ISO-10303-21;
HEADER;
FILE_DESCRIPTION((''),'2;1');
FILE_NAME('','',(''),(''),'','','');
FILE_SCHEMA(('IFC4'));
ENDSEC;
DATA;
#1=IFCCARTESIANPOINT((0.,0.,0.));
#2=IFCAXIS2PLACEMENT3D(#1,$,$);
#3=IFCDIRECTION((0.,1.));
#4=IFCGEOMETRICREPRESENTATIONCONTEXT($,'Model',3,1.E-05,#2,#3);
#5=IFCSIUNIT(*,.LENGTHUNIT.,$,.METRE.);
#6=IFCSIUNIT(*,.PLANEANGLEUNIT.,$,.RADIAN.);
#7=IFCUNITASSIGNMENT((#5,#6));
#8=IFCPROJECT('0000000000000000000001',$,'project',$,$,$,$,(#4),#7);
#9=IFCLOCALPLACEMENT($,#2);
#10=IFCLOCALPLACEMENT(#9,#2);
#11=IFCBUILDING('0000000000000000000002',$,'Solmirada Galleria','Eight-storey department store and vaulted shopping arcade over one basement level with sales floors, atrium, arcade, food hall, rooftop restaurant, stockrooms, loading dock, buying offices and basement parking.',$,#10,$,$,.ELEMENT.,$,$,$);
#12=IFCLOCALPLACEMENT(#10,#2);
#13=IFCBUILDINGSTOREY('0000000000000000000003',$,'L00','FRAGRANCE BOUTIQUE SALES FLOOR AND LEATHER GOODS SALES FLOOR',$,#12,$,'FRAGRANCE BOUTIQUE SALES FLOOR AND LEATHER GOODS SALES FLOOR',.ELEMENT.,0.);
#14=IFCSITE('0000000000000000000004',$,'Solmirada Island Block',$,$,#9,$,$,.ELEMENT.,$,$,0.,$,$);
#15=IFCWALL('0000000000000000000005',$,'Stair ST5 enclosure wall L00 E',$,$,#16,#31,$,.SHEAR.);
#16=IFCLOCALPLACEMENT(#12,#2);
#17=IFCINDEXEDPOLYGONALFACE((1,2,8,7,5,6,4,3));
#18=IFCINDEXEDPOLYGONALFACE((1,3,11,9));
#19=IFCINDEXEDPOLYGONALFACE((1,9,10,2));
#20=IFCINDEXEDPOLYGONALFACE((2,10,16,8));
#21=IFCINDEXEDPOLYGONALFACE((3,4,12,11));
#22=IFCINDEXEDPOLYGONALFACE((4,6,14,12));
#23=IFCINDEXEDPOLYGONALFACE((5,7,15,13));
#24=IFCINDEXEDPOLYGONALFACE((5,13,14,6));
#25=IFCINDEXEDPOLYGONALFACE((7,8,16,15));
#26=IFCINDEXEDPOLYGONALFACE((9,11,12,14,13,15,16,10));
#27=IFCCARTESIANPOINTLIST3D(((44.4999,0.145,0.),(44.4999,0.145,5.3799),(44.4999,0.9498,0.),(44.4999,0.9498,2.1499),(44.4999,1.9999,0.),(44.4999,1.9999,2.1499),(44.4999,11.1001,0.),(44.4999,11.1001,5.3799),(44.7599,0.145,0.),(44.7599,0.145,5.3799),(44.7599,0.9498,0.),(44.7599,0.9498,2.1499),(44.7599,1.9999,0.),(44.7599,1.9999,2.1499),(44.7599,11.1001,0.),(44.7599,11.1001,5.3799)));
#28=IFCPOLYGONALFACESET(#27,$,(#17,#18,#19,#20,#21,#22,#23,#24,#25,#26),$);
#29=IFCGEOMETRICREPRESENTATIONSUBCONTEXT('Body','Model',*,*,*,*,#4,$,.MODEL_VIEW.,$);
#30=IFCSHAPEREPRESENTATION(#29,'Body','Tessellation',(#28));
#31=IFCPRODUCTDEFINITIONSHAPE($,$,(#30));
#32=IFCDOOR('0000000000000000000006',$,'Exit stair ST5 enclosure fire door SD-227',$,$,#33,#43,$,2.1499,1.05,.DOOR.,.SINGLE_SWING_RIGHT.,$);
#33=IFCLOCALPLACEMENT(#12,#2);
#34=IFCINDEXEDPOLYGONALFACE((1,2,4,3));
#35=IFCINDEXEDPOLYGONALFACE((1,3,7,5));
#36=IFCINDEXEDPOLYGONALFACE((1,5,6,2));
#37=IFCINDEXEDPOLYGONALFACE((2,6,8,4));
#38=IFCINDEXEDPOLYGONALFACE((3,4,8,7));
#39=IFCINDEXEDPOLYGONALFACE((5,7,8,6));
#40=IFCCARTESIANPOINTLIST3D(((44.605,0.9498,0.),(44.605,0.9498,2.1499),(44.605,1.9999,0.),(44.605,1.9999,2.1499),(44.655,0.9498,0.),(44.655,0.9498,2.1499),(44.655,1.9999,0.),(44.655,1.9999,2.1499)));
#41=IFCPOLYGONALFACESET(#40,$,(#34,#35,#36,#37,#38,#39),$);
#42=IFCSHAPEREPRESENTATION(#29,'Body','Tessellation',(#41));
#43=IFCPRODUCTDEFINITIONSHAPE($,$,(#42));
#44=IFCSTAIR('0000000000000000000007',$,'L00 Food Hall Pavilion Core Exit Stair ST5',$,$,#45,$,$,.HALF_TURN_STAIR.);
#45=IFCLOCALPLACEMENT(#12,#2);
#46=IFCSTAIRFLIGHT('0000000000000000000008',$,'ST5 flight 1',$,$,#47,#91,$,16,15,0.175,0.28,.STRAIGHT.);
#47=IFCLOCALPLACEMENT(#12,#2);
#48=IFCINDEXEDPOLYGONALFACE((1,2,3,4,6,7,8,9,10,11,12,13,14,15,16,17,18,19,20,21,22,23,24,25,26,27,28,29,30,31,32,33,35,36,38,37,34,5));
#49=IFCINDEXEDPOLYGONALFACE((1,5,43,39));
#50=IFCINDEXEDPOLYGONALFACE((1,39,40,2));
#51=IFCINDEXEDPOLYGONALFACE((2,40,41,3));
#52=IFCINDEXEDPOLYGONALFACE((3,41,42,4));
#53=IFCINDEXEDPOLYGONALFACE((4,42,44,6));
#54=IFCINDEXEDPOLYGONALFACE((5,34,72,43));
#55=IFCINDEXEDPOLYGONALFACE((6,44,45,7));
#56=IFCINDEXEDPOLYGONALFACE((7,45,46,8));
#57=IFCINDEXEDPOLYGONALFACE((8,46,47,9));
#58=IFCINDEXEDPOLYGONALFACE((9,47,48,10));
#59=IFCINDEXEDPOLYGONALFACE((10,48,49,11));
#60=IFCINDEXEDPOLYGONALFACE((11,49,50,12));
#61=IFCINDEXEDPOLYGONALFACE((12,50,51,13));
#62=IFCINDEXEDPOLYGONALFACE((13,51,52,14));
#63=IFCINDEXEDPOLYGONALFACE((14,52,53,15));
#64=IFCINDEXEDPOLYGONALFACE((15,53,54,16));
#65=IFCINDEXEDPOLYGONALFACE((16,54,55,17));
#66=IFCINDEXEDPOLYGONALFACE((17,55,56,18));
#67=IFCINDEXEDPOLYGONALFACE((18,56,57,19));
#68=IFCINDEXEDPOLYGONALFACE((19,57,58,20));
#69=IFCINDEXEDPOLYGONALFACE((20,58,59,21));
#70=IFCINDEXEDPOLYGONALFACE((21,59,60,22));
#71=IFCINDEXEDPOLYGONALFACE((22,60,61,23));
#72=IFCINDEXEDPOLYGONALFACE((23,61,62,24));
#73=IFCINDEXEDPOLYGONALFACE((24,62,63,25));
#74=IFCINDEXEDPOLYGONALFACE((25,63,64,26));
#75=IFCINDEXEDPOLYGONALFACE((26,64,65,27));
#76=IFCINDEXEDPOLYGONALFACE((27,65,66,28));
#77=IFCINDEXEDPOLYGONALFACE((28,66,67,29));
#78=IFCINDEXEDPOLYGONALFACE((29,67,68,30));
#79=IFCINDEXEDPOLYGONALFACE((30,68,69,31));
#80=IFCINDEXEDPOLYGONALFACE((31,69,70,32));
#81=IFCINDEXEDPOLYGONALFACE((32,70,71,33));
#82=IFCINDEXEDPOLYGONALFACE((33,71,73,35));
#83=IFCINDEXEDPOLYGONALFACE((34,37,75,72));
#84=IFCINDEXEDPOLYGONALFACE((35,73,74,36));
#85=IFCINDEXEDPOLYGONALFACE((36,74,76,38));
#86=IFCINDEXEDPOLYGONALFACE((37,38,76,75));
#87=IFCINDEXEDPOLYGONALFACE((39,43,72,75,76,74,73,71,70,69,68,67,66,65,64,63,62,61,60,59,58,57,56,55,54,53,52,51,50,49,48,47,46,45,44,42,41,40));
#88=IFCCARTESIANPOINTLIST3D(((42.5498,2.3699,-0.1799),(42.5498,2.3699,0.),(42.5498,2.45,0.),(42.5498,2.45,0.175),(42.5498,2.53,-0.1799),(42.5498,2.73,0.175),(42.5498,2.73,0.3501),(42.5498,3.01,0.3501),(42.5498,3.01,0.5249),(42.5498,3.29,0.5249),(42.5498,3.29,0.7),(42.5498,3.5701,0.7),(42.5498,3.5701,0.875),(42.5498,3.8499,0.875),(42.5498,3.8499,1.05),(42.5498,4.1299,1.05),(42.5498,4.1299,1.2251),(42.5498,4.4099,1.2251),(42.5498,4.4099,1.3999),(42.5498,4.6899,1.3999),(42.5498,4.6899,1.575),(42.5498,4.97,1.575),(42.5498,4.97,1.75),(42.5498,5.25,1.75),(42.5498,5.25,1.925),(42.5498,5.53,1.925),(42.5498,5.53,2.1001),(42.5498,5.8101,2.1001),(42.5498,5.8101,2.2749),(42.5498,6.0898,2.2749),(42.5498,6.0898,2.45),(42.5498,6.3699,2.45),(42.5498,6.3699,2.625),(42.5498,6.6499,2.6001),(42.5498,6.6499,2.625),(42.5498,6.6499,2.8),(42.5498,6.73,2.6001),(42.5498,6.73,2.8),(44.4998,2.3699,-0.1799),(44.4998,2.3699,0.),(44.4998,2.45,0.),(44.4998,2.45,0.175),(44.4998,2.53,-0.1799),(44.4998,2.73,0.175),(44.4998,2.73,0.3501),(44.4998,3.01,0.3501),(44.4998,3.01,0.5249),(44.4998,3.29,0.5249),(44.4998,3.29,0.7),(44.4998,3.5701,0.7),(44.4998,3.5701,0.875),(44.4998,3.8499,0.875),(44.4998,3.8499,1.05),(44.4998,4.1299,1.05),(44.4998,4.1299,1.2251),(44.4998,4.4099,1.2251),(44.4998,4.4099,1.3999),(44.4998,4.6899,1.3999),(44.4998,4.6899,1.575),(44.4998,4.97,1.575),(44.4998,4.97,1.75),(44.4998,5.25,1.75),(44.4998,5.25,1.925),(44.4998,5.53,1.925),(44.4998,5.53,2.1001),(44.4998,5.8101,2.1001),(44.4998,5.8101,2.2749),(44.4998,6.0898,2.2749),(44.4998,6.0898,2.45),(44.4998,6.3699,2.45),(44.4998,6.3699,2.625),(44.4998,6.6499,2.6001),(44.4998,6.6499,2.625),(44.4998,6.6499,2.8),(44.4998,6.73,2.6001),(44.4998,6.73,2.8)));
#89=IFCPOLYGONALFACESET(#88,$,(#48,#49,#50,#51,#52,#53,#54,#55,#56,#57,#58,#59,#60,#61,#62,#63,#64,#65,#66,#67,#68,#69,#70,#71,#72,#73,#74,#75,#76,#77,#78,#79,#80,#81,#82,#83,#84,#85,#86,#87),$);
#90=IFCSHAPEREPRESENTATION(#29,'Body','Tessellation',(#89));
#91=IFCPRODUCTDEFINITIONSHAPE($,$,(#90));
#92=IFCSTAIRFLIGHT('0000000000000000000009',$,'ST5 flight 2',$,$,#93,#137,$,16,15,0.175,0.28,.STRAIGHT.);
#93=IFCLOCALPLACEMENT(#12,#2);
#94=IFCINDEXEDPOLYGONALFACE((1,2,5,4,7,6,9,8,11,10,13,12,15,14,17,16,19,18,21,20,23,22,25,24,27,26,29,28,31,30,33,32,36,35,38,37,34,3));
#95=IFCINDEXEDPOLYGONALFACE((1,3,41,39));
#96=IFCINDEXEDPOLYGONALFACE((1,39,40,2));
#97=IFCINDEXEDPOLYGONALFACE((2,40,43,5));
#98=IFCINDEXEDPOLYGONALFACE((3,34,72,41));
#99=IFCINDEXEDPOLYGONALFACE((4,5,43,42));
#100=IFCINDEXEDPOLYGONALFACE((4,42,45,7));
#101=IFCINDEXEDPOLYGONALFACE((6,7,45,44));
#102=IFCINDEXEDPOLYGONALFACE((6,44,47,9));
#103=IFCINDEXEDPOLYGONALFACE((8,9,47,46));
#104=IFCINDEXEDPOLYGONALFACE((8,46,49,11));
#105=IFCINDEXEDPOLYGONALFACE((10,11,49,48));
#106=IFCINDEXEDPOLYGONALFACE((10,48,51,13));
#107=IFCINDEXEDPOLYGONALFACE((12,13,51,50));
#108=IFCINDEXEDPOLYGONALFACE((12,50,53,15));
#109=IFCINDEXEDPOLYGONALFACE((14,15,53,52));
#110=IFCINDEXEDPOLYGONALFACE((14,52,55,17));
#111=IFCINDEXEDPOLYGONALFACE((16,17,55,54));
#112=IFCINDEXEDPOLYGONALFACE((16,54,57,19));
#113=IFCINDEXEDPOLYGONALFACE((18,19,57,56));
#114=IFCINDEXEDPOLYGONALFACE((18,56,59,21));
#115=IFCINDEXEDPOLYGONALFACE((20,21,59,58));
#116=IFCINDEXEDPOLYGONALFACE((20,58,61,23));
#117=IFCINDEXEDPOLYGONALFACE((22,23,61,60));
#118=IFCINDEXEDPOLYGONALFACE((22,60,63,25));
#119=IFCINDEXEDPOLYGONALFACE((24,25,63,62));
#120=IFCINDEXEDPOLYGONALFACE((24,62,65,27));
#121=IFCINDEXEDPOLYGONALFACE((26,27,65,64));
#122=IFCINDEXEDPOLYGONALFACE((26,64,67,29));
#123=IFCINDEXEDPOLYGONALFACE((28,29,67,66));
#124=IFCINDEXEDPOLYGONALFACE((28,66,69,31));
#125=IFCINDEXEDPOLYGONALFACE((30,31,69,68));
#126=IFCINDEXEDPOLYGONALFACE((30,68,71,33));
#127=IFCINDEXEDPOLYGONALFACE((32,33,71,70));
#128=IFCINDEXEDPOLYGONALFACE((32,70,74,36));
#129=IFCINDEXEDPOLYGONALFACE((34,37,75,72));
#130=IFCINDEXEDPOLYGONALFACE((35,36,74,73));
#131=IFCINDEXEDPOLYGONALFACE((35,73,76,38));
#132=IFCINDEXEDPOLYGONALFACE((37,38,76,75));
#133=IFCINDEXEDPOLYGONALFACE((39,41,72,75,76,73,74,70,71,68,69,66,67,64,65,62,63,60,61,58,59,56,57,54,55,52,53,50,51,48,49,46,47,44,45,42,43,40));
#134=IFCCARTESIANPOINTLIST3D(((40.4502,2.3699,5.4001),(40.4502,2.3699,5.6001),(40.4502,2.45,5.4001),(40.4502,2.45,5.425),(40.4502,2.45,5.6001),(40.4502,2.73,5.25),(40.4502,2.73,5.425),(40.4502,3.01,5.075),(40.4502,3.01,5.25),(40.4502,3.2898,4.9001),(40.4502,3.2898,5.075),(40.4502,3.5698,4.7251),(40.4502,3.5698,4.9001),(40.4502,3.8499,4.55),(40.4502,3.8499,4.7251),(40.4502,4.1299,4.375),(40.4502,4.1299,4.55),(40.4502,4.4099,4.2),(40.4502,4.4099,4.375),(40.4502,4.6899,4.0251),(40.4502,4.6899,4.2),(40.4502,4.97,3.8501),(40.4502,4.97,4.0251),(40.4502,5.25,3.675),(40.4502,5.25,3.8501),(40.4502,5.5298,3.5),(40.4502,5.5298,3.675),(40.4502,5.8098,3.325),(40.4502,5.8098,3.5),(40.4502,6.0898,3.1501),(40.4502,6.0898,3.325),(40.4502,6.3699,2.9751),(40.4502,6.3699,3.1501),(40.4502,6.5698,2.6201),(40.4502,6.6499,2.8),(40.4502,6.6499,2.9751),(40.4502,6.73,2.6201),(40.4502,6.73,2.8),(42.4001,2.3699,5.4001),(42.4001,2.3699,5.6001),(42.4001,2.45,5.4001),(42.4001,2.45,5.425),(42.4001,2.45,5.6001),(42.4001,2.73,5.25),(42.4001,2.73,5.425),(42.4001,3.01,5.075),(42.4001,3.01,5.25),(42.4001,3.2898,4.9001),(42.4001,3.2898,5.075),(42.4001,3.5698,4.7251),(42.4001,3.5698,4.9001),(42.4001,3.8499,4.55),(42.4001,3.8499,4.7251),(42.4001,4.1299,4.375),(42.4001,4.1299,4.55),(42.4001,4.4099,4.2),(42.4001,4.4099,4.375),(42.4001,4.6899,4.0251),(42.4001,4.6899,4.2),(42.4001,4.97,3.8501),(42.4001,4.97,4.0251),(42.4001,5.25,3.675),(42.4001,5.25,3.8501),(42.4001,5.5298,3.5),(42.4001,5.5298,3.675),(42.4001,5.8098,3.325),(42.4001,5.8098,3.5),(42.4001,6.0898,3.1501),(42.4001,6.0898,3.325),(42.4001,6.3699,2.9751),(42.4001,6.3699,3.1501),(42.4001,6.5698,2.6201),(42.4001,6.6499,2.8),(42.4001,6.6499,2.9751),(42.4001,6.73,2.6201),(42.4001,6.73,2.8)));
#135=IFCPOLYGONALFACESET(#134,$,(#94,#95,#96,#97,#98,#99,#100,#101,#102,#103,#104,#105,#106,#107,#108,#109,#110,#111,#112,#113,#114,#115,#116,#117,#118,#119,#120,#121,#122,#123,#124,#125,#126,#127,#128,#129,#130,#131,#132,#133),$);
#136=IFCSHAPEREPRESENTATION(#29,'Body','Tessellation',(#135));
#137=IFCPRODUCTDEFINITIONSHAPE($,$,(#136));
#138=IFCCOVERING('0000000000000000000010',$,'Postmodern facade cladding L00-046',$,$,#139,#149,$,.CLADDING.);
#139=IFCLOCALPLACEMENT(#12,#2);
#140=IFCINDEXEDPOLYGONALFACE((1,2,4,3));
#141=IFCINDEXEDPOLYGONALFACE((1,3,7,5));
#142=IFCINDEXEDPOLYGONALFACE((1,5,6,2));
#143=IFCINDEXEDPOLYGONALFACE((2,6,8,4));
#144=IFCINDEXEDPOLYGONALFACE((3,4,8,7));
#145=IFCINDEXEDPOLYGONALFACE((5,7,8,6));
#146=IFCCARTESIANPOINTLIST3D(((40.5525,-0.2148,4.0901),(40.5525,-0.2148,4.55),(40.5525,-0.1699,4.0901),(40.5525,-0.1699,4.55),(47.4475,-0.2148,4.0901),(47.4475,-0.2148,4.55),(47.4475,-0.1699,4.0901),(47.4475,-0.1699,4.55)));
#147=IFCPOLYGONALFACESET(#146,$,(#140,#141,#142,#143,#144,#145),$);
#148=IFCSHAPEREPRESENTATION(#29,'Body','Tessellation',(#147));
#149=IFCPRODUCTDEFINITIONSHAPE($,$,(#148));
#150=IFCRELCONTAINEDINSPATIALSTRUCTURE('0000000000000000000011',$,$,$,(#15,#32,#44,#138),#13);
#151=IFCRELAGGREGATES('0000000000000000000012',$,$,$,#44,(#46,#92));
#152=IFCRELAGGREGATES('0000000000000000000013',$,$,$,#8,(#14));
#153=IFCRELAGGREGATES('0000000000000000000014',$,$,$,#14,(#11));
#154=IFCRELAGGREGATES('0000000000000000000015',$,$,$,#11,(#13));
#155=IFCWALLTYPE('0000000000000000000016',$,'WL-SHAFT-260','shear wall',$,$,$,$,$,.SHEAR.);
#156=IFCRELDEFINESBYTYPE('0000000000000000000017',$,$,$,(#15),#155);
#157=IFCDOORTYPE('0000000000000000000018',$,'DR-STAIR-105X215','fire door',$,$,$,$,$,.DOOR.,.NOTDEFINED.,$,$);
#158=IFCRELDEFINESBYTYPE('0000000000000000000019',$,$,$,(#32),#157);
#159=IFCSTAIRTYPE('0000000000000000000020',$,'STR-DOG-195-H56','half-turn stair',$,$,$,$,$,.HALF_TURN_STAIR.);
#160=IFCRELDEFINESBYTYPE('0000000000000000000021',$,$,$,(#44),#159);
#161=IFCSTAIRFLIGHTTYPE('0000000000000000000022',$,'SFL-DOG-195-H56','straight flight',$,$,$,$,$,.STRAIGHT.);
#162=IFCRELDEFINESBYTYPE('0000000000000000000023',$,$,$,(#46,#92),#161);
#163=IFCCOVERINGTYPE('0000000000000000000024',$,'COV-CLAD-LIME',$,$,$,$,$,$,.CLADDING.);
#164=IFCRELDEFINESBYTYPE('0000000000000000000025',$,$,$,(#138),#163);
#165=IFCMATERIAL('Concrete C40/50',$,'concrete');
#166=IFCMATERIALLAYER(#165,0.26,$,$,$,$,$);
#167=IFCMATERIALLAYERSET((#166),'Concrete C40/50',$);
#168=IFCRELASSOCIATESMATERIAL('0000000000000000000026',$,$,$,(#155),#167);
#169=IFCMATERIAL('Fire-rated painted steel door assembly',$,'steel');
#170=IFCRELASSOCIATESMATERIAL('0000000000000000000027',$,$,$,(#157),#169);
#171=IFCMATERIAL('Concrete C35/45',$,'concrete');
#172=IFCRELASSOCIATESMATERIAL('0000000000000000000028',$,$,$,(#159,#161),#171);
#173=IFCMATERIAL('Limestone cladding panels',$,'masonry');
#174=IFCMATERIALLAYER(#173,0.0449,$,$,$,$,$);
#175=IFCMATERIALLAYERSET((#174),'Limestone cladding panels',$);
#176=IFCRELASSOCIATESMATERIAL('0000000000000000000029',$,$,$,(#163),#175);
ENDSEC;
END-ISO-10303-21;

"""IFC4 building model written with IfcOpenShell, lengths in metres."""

from ifc_helpers import new_model, si_unit, direction, frame, frame_2d, origin, origin_2d, place, context, subcontext, project, spatial, polyline, rectangle, outline, extrude, material, layer, layer_set, type_object, element, fill, aggregate, save


model = new_model("IFC4")

# Units and contexts
model_context = context("Model", 3, precision=1e-05, world=origin(), true_north=direction((0.0, 1.0)))
body_context = subcontext(model_context, "Body", "Model", "MODEL_VIEW")
ifc_project = project(units=[si_unit("LENGTHUNIT", "METRE"), si_unit("PLANEANGLEUNIT", "RADIAN")], contexts=[model_context])

# Site, building, storey
site_placement = place(None, origin())
site = spatial("IfcSite", under=ifc_project, at=site_placement, Name="Solmirada Island Block", CompositionType="ELEMENT", RefElevation=0.0)
building_placement = place(site_placement, origin())
building = spatial("IfcBuilding", under=site, at=building_placement, Name="Solmirada Galleria", Description="Eight-storey department store and vaulted shopping arcade over one basement level with sales floors, atrium, arcade, food hall, rooftop restaurant, stockrooms, loading dock, buying offices and basement parking.", CompositionType="ELEMENT")
storey_placement = place(building_placement, origin())
storey = spatial("IfcBuildingStorey", under=building, at=storey_placement, Name="L00", Description="FRAGRANCE BOUTIQUE SALES FLOOR AND LEATHER GOODS SALES FLOOR", LongName="FRAGRANCE BOUTIQUE SALES FLOOR AND LEATHER GOODS SALES FLOOR", CompositionType="ELEMENT", Elevation=0.0)

# Shared definitions
ifc_material_1 = material(Name="Concrete C40/50", Category="concrete")
ifc_layer_1 = layer(ifc_material_1, 0.26)
ifc_layer_set_1 = layer_set([ifc_layer_1], Name="Concrete C40/50")
wall_type_1 = type_object("IfcWallType", Name="WL-SHAFT-260", Description="shear wall", PredefinedType="SHEAR", material=ifc_layer_set_1)

# Wall, opening, door
wall_1_placement = place(storey_placement, frame((44.6299, 0.145, 0.0), z_axis=(0.0, 0.0, 1.0), x_axis=(0.0, 1.0, 0.0)))
wall_1 = element("IfcWall", 1, at=wall_1_placement, inside=storey, type_object=wall_type_1, Name="Stair ST5 enclosure wall L00 E", PredefinedType="SHEAR", context=body_context, shape_type="SweptSolid", body=[
    extrude(rectangle(XDim=10.9551, YDim=0.26, at=frame_2d((5.4775, 0.0))), origin(), (0.0, 0.0, 1.0), 5.3799),
])
opening_placement = place(wall_1_placement, frame((0.8049, 0.0, 0.0)))
opening = element("IfcOpeningElement", 2, at=opening_placement, cuts=wall_1, PredefinedType="OPENING", context=body_context, shape_type="SweptSolid", body=[
    extrude(rectangle(XDim=1.05, YDim=2.1499, at=frame_2d((0.5249, 1.075))), frame((0.0, 0.1399, 0.0), z_axis=(0.0, -1.0, 0.0), x_axis=(1.0, 0.0, 0.0)), (0.0, 0.0, 1.0), 0.28),
])
ifc_material_2 = material(Name="Fire-rated painted steel door assembly", Category="steel")
door_type = type_object("IfcDoorType", Name="DR-STAIR-105X215", Description="fire door", OperationType="NOTDEFINED", PredefinedType="DOOR", material=ifc_material_2)
door_placement = place(opening_placement, origin())
door = element("IfcDoor", 3, at=door_placement, inside=storey, type_object=door_type, Name="Exit stair ST5 enclosure fire door SD-227", OperationType="SINGLE_SWING_RIGHT", OverallHeight=2.1499, OverallWidth=1.05, PredefinedType="DOOR", context=body_context, shape_type="SweptSolid", body=[
    extrude(rectangle(XDim=1.05, YDim=2.1499, at=frame_2d((0.5249, 1.075))), frame((0.0, 0.0249, 0.0), z_axis=(0.0, -1.0, 0.0), x_axis=(1.0, 0.0, 0.0)), (0.0, 0.0, 1.0), 0.05),
])
fill(opening, door)

# Stair, stair flights
ifc_material_3 = material(Name="Concrete C35/45", Category="concrete")
stair_type = type_object("IfcStairType", Name="STR-DOG-195-H56", Description="half-turn stair", PredefinedType="HALF_TURN_STAIR", material=ifc_material_3)
stair_placement = place(storey_placement, origin())
stair = element("IfcStair", 4, at=stair_placement, inside=storey, type_object=stair_type, Name="L00 Food Hall Pavilion Core Exit Stair ST5", PredefinedType="HALF_TURN_STAIR")
stair_flight_type = type_object("IfcStairFlightType", Name="SFL-DOG-195-H56", Description="straight flight", PredefinedType="STRAIGHT", material=ifc_material_3)
stair_flight_1_placement = place(storey_placement, frame((43.5249, 2.45, 0.0), z_axis=(0.0, 0.0, 1.0), x_axis=(0.0, 1.0, 0.0)))
stair_flight_1 = element("IfcStairFlight", 5, at=stair_flight_1_placement, type_object=stair_flight_type, Name="ST5 flight 1", NumberOfRisers=16, NumberOfTreads=15, PredefinedType="STRAIGHT", RiserHeight=0.175, TreadLength=0.28, context=body_context, shape_type="SweptSolid", body=[
    extrude(outline(polyline([(-0.0801, 0.0), (0.0, 0.0), (0.0, 0.175), (0.28, 0.175), (0.28, 0.3501), (0.5601, 0.3501), (0.5601, 0.5249), (0.8401, 0.5249), (0.8401, 0.7), (1.1201, 0.7), (1.1201, 0.875), (1.3999, 0.875), (1.3999, 1.05), (1.6799, 1.05), (1.6799, 1.2251), (1.96, 1.2251), (1.96, 1.3999), (2.24, 1.3999), (2.24, 1.575), (2.52, 1.575), (2.52, 1.75), (2.8, 1.75), (2.8, 1.925), (3.0801, 1.925), (3.0801, 2.1001), (3.3601, 2.1001), (3.3601, 2.2749), (3.6399, 2.2749), (3.6399, 2.45), (3.9199, 2.45), (3.9199, 2.625), (4.2, 2.625), (4.2, 2.8), (4.28, 2.8), (4.28, 2.6001), (4.2, 2.6001), (0.0801, -0.1799), (-0.0801, -0.1799), (-0.0801, 0.0)])), frame((0.0, 0.9751, 0.0), z_axis=(0.0, -1.0, 0.0), x_axis=(1.0, 0.0, 0.0)), (0.0, 0.0, 1.0), 1.95),
])
stair_flight_2_placement = place(storey_placement, frame((41.425, 6.6499, 2.8), z_axis=(0.0, 0.0, 1.0), x_axis=(0.0, -1.0, 0.0)))
stair_flight_2 = element("IfcStairFlight", 6, at=stair_flight_2_placement, type_object=stair_flight_type, Name="ST5 flight 2", NumberOfRisers=16, NumberOfTreads=15, PredefinedType="STRAIGHT", RiserHeight=0.175, TreadLength=0.28, context=body_context, shape_type="SweptSolid", body=[
    extrude(outline(polyline([(-0.0801, 0.0), (0.0, 0.0), (0.0, 0.175), (0.28, 0.175), (0.28, 0.3501), (0.5601, 0.3501), (0.5601, 0.5249), (0.8401, 0.5249), (0.8401, 0.7), (1.1201, 0.7), (1.1201, 0.875), (1.3999, 0.875), (1.3999, 1.05), (1.6799, 1.05), (1.6799, 1.2251), (1.96, 1.2251), (1.96, 1.3999), (2.24, 1.3999), (2.24, 1.575), (2.52, 1.575), (2.52, 1.75), (2.8, 1.75), (2.8, 1.925), (3.0801, 1.925), (3.0801, 2.1001), (3.3601, 2.1001), (3.3601, 2.2749), (3.6399, 2.2749), (3.6399, 2.45), (3.9199, 2.45), (3.9199, 2.625), (4.2, 2.625), (4.2, 2.8), (4.28, 2.8), (4.28, 2.6001), (4.2, 2.6001), (0.0801, -0.1799), (-0.0801, -0.1799), (-0.0801, 0.0)])), frame((0.0, 0.9751, 0.0), z_axis=(0.0, -1.0, 0.0), x_axis=(1.0, 0.0, 0.0)), (0.0, 0.0, 1.0), 1.95),
])
aggregate(stair, [stair_flight_1, stair_flight_2])

# Covering
ifc_material_4 = material(Name="Limestone cladding panels", Category="masonry")
ifc_layer_2 = layer(ifc_material_4, 0.0449)
ifc_layer_set_2 = layer_set([ifc_layer_2], Name="Limestone cladding panels")
covering_type = type_object("IfcCoveringType", Name="COV-CLAD-LIME", PredefinedType="CLADDING", material=ifc_layer_set_2)
covering_placement = place(storey_placement, frame((44.0, -0.1924, 4.0901), z_axis=(0.0, 0.0, 1.0), x_axis=(-1.0, 0.0, 0.0)))
element("IfcCovering", 7, at=covering_placement, inside=storey, type_object=covering_type, Name="Postmodern facade cladding L00-046", PredefinedType="CLADDING", context=body_context, shape_type="SweptSolid", body=[
    extrude(rectangle(XDim=6.895, YDim=0.0449, at=origin_2d()), origin(), (0.0, 0.0, 1.0), 0.46),
])

save(model, "model.ifc")
